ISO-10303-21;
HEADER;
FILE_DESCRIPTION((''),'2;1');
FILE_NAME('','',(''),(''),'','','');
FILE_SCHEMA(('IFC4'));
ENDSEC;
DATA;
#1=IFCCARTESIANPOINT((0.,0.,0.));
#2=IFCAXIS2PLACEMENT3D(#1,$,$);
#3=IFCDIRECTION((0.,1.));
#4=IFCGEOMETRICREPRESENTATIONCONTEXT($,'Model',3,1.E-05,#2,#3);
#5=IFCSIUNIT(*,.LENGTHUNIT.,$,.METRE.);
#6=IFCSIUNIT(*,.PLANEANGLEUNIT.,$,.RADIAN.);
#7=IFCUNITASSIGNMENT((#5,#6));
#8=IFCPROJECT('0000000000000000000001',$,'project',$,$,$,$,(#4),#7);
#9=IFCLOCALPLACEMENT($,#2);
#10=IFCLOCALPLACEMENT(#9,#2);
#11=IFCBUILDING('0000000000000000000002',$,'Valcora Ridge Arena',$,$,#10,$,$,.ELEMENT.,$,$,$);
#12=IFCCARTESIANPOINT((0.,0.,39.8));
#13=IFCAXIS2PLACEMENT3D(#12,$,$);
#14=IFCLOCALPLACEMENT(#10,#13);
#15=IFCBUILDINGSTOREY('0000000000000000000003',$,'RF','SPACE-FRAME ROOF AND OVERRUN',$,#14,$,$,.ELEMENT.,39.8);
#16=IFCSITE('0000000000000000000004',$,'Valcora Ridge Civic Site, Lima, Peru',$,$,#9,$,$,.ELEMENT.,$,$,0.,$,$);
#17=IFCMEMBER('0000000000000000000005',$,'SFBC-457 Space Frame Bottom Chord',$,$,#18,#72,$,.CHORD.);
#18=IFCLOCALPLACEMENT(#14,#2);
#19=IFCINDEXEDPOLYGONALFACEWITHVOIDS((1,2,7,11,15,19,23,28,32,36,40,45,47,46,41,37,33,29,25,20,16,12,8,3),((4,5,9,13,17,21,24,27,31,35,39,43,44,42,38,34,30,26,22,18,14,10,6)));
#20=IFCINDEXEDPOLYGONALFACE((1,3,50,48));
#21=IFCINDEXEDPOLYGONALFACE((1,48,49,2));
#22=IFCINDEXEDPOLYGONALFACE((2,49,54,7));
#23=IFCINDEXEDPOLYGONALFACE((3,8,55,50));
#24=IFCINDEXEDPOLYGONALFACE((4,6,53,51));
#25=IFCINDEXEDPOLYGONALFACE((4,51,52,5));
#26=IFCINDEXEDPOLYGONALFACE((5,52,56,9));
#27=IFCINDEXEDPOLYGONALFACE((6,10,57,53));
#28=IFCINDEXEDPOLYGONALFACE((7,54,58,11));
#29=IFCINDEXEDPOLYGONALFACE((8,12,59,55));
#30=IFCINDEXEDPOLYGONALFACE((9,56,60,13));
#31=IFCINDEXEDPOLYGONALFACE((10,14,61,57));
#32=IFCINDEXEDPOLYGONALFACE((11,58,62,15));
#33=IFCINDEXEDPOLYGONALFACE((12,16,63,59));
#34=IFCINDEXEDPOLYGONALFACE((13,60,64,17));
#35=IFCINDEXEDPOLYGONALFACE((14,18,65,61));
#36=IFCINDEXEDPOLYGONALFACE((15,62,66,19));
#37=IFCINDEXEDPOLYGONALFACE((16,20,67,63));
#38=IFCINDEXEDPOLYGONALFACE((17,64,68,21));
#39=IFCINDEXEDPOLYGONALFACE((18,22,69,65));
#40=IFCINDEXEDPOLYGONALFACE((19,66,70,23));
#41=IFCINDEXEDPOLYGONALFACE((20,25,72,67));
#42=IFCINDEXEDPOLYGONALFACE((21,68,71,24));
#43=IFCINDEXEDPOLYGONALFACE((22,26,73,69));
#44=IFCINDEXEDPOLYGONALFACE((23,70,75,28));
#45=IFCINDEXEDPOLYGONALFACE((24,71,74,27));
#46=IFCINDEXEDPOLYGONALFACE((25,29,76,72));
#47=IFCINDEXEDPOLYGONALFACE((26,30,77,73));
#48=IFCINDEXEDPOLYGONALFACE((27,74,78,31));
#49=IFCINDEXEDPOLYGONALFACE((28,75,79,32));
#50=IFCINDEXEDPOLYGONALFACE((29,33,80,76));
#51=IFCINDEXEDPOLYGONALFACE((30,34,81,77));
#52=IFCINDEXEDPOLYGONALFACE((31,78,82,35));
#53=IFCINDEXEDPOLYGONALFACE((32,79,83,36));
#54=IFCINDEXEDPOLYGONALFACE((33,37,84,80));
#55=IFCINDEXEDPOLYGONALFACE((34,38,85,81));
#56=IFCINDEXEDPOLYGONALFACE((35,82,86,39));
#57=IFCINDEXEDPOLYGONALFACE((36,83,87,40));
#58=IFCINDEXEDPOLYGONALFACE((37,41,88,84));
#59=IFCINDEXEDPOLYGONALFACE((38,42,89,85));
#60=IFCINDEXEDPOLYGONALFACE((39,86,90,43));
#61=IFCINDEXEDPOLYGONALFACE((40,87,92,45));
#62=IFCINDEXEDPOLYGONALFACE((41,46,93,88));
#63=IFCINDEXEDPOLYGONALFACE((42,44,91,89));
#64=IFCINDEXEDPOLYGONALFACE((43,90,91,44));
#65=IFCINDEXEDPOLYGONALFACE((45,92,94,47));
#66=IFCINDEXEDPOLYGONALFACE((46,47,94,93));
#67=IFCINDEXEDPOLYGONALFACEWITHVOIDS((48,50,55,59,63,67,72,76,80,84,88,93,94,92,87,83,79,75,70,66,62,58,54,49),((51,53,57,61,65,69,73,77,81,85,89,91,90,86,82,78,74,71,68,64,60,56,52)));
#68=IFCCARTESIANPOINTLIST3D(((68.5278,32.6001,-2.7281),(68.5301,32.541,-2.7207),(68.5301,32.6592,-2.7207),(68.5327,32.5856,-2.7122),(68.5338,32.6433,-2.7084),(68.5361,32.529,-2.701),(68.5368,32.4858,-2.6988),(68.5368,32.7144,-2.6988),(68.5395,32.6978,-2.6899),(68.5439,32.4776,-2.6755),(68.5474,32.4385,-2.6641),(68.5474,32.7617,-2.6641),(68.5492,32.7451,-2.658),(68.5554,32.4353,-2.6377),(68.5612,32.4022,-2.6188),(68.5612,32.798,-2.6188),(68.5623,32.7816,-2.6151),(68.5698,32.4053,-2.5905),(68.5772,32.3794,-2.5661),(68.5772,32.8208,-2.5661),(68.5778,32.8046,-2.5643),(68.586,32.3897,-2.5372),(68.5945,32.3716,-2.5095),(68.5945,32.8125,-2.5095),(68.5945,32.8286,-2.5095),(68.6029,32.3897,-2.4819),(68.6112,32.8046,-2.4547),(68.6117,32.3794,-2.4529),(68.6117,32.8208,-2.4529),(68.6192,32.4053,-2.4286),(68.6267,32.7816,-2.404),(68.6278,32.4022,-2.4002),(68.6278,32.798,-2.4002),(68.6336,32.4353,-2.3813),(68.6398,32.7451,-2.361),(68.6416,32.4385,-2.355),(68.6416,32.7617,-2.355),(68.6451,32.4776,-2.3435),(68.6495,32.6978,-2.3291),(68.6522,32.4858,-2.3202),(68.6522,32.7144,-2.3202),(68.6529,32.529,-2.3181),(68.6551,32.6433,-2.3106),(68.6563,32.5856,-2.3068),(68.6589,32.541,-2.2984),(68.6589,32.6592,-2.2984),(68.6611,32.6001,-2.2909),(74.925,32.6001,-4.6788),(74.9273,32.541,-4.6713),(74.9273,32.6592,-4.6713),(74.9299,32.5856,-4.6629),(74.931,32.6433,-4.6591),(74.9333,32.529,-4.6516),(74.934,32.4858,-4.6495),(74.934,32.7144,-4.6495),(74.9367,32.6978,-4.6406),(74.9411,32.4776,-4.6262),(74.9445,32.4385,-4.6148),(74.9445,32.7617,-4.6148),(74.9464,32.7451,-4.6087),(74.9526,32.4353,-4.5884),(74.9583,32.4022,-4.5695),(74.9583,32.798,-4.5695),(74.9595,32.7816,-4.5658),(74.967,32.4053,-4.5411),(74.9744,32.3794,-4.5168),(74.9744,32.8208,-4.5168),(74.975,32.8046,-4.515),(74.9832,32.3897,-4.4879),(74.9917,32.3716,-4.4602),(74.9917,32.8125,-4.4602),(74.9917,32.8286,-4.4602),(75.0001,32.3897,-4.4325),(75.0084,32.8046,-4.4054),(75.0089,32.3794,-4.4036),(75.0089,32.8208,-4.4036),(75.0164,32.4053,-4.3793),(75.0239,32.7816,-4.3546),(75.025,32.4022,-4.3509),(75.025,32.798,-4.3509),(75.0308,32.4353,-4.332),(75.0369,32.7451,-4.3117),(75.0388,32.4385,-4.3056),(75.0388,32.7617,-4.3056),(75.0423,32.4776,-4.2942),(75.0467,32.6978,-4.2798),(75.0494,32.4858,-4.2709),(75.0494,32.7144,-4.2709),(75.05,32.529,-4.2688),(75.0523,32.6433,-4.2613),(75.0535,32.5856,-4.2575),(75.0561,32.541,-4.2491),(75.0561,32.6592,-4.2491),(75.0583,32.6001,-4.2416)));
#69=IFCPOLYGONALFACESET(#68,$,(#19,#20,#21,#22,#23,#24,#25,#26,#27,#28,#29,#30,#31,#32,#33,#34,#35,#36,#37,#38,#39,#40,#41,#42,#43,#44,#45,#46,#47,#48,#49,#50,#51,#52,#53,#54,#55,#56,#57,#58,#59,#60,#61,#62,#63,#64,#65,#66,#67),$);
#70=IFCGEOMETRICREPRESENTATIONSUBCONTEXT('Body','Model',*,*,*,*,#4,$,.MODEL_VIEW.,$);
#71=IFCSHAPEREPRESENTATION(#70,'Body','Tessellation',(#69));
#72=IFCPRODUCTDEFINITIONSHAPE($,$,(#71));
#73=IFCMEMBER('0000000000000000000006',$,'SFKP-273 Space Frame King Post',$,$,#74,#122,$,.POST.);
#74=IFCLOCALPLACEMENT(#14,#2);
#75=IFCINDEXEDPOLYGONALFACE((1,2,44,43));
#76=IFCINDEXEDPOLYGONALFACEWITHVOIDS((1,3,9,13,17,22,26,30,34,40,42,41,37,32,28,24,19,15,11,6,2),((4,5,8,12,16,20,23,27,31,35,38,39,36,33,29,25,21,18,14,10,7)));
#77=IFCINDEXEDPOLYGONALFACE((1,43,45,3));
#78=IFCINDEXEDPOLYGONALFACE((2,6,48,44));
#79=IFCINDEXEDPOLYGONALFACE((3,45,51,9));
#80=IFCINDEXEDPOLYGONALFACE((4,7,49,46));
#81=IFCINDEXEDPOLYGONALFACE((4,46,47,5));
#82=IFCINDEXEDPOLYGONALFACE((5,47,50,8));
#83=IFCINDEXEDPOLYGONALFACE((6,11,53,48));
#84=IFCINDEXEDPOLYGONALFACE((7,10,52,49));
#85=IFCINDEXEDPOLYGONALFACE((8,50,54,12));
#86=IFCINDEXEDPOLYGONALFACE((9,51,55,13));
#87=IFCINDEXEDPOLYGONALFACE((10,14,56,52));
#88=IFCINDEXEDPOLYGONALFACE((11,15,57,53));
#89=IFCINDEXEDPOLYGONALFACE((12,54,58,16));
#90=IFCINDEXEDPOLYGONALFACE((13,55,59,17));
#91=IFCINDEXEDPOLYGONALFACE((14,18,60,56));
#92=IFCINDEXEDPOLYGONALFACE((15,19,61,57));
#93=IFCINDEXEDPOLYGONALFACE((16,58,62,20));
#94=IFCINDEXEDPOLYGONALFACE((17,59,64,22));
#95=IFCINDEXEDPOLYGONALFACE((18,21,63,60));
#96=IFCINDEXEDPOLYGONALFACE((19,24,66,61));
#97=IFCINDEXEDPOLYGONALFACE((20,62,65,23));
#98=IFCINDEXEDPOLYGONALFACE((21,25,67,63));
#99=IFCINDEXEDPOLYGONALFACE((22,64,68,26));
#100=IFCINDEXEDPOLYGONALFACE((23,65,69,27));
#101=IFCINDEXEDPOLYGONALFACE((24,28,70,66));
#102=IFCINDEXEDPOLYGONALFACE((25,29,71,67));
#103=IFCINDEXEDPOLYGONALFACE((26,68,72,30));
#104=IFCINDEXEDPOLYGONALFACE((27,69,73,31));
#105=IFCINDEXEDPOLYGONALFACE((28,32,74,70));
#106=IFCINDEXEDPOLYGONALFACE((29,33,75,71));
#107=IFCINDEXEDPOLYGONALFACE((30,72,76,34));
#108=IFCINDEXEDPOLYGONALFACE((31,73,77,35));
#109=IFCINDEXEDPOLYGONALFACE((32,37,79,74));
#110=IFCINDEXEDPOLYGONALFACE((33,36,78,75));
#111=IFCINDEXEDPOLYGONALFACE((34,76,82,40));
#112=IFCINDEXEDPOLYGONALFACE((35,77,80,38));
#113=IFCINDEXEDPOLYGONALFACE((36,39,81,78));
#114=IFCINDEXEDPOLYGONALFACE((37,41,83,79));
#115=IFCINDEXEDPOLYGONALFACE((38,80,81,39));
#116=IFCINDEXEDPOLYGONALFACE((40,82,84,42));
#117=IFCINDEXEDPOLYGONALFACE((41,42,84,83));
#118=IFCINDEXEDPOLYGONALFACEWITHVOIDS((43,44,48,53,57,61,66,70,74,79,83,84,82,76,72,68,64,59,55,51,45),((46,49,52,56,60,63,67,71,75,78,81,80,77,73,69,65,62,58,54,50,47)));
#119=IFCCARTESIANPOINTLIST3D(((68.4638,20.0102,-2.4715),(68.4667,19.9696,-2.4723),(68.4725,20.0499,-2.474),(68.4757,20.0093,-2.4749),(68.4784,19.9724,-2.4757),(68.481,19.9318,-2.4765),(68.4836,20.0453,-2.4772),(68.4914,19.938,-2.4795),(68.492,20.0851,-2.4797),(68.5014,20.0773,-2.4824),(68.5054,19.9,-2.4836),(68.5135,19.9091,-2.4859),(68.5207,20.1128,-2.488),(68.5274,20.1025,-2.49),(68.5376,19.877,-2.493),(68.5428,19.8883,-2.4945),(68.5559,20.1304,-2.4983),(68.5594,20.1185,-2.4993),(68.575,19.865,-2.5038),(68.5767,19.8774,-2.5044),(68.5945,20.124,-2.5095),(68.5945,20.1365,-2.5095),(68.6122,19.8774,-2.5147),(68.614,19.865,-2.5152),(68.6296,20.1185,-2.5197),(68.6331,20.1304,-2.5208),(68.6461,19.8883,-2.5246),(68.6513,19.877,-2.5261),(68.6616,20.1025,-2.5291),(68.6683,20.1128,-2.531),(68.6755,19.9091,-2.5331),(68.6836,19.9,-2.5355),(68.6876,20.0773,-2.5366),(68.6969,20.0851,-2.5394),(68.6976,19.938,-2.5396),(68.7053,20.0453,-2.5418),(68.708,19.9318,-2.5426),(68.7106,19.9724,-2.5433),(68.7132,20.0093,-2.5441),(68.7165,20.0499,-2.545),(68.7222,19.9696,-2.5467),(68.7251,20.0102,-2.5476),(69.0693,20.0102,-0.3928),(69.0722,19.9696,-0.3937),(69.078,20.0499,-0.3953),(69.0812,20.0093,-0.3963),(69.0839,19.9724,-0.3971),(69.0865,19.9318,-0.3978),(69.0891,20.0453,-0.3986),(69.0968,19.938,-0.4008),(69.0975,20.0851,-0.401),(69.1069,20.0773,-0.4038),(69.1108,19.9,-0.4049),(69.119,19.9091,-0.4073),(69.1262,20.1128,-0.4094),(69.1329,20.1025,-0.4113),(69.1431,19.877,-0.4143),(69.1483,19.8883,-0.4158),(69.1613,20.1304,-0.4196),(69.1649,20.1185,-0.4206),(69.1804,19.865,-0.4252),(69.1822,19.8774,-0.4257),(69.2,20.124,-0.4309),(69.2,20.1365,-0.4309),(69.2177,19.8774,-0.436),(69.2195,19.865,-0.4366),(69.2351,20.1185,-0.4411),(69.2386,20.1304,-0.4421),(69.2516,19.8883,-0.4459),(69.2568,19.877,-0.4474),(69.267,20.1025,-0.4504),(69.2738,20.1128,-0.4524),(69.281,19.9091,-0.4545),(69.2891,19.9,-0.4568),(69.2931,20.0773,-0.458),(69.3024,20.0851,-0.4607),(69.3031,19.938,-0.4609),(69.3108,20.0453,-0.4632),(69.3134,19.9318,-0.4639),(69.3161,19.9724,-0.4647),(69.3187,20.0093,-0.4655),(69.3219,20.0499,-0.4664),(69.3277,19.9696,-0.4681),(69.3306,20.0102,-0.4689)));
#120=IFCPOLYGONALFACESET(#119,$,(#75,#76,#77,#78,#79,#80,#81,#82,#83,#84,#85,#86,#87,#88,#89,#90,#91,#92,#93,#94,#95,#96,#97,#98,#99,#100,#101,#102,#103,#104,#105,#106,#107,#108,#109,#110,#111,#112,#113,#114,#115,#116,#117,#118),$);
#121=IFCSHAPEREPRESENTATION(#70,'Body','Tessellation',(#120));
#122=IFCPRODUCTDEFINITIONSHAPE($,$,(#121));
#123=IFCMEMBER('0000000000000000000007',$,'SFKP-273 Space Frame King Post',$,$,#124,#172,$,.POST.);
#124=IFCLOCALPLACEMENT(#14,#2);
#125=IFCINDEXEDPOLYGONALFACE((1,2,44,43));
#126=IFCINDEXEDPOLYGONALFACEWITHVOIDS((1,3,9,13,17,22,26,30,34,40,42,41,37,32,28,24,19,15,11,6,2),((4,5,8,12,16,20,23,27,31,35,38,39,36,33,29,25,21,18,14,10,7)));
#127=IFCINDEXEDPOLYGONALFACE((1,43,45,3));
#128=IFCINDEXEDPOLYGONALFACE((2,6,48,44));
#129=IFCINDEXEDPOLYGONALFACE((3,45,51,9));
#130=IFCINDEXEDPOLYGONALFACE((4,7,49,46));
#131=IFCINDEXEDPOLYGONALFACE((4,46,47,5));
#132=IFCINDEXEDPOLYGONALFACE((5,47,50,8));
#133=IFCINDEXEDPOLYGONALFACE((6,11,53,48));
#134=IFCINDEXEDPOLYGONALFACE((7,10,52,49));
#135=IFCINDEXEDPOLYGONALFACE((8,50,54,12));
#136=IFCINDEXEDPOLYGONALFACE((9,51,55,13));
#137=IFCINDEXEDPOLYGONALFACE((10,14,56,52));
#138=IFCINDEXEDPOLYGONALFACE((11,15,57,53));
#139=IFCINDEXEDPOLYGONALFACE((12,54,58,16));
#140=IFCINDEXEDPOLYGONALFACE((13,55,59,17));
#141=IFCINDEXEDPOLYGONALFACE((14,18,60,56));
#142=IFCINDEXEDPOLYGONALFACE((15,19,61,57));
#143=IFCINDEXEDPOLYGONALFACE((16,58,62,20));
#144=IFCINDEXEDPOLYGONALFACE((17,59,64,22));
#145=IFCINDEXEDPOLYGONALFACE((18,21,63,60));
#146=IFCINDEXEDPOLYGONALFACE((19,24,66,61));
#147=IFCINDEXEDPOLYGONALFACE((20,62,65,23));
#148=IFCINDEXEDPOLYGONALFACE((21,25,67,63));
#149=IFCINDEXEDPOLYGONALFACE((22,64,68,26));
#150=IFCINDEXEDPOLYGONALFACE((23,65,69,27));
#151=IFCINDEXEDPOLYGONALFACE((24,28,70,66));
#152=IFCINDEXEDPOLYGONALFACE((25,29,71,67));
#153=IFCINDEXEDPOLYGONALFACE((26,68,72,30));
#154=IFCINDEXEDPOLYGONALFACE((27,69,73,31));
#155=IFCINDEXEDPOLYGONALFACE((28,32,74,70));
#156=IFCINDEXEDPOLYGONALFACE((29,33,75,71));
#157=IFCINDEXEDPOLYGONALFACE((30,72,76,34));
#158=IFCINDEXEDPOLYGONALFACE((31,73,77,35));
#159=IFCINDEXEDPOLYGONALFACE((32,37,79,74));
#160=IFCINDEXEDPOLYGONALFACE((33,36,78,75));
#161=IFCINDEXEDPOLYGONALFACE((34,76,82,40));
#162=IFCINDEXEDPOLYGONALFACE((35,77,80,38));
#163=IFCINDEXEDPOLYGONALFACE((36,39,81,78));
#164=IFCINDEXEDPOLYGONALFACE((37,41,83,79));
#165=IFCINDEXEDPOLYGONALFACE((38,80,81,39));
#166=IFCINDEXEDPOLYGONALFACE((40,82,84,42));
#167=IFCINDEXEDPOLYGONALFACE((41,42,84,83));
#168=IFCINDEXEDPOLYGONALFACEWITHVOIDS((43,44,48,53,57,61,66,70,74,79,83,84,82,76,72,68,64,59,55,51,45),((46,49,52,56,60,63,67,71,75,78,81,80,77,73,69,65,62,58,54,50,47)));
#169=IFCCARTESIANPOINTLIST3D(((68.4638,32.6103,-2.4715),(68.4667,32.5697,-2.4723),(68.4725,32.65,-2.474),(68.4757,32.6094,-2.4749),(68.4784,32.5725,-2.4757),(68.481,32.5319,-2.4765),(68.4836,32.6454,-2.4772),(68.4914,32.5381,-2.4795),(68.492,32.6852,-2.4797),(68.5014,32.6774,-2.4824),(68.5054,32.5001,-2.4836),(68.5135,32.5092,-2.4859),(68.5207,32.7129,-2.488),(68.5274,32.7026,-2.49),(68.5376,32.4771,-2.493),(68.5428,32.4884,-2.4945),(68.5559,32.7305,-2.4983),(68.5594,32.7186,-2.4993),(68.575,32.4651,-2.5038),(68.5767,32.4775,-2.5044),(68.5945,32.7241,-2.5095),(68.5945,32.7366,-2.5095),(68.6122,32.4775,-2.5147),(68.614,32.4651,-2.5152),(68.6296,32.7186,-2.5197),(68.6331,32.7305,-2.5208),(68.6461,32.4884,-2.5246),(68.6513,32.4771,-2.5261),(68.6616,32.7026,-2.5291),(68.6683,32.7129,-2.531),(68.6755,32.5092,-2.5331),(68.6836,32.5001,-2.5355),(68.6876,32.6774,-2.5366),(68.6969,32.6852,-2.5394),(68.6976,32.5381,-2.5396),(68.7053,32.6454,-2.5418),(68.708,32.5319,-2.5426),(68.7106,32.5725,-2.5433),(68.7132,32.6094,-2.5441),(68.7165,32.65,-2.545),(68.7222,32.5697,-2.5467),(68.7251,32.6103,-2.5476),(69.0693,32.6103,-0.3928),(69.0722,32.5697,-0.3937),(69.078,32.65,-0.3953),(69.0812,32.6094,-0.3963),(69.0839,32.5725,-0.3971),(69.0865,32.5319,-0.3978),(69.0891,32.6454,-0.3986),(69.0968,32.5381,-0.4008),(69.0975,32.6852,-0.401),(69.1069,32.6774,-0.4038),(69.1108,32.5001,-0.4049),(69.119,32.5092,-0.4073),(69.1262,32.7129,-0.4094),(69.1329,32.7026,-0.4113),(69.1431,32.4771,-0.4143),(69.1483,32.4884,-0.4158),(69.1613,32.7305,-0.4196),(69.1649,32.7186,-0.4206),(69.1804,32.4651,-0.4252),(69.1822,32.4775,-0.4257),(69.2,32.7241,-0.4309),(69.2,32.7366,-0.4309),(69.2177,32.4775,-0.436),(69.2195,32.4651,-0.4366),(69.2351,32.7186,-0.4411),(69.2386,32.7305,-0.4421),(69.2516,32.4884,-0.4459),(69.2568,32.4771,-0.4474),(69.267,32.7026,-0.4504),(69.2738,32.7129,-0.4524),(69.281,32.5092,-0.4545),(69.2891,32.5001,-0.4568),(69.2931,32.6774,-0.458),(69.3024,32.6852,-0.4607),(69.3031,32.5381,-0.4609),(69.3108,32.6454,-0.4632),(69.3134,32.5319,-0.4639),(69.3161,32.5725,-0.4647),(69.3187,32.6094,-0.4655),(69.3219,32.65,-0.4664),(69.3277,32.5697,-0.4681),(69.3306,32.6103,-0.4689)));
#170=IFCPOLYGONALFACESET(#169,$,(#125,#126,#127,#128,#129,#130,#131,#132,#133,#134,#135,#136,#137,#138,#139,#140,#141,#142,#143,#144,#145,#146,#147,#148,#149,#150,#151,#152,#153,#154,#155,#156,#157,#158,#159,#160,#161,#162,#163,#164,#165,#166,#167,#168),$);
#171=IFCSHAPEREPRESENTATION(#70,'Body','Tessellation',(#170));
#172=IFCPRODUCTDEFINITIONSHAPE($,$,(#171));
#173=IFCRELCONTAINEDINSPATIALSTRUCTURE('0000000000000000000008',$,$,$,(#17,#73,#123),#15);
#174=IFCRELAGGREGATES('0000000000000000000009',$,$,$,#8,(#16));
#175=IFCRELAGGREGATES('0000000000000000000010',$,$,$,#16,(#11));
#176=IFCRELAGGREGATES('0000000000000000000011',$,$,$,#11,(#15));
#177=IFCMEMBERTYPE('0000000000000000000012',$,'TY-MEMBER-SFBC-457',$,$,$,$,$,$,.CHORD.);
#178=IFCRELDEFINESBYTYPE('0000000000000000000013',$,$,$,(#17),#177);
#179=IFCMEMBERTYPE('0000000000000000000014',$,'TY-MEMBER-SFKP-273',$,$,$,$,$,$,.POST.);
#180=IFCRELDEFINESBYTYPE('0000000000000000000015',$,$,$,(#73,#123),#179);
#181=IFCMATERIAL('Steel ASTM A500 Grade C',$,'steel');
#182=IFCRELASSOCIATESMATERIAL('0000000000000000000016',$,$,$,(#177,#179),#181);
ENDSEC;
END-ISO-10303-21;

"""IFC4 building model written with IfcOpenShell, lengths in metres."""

from ifc_helpers import new_model, si_unit, direction, frame, origin, origin_2d, place, context, subcontext, project, spatial, hollow_circle, extrude, material, material_profile, profile_set, type_object, element, save


model = new_model("IFC4")

# Units and contexts
model_context = context("Model", 3, precision=1e-05, world=origin(), true_north=direction((0.0, 1.0)))
body_context = subcontext(model_context, "Body", "Model", "MODEL_VIEW")
ifc_project = project(units=[si_unit("LENGTHUNIT", "METRE"), si_unit("PLANEANGLEUNIT", "RADIAN")], contexts=[model_context])

# Site, building, storey
site_placement = place(None, origin())
site = spatial("IfcSite", under=ifc_project, at=site_placement, Name="Valcora Ridge Civic Site, Lima, Peru", CompositionType="ELEMENT", RefElevation=0.0)
building_placement = place(site_placement, origin())
building = spatial("IfcBuilding", under=site, at=building_placement, Name="Valcora Ridge Arena", CompositionType="ELEMENT")
storey_placement = place(building_placement, frame((0.0, 0.0, 39.8)))
storey = spatial("IfcBuildingStorey", under=building, at=storey_placement, Name="RF", Description="SPACE-FRAME ROOF AND OVERRUN", CompositionType="ELEMENT", Elevation=39.8)

# Members
ifc_material_1 = material(Name="Steel ASTM A500 Grade C", Category="steel")
ifc_material_profile_1 = material_profile(ifc_material_1, hollow_circle(Radius=0.2285, WallThickness=0.0161, at=origin_2d()), Name="CHS457X16")
ifc_profile_set_1 = profile_set([ifc_material_profile_1], Name="Steel ASTM A500 Grade C")
member_type_1 = type_object("IfcMemberType", Name="TY-MEMBER-SFBC-457", PredefinedType="CHORD", material=ifc_profile_set_1)
for number, where, z_axis, x_axis, name in (
    (1, (68.5945, 32.6001, -2.5095), (0.956519, 0.0, -0.291669), (0.0, 1.0, 0.0), "SFBC-457 Space Frame Bottom Chord"),
):
    element("IfcMember", number, at=place(storey_placement, frame(where, z_axis=z_axis, x_axis=x_axis)), inside=storey, type_object=member_type_1, Name=name, PredefinedType="CHORD", context=body_context, shape_type="SweptSolid", body=[
        extrude(hollow_circle(Radius=0.2285, WallThickness=0.0161, at=origin_2d()), origin(), (0.0, 0.0, 1.0), 6.688),
    ])
ifc_material_profile_2 = material_profile(ifc_material_1, hollow_circle(Radius=0.1365, WallThickness=0.0125, at=origin_2d()), Name="CHS273X12")
ifc_profile_set_2 = profile_set([ifc_material_profile_2], Name="Steel ASTM A500 Grade C")
member_type_2 = type_object("IfcMemberType", Name="TY-MEMBER-SFKP-273", PredefinedType="POST", material=ifc_profile_set_2)
for number, where, z_axis, x_axis, name in (
    (2, (68.5945, 20.0, -2.5095), (0.279662, 0.0, 0.960098), (0.0, 1.0, 0.0), "SFKP-273 Space Frame King Post"),
    (3, (68.5945, 32.6001, -2.5095), (0.279662, 0.0, 0.960098), (0.0, 1.0, 0.0), "SFKP-273 Space Frame King Post"),
):
    element("IfcMember", number, at=place(storey_placement, frame(where, z_axis=z_axis, x_axis=x_axis)), inside=storey, type_object=member_type_2, Name=name, PredefinedType="POST", context=body_context, shape_type="SweptSolid", body=[
        extrude(hollow_circle(Radius=0.1365, WallThickness=0.0125, at=origin_2d()), origin(), (0.0, 0.0, 1.0), 2.165),
    ])

save(model, "model.ifc")
